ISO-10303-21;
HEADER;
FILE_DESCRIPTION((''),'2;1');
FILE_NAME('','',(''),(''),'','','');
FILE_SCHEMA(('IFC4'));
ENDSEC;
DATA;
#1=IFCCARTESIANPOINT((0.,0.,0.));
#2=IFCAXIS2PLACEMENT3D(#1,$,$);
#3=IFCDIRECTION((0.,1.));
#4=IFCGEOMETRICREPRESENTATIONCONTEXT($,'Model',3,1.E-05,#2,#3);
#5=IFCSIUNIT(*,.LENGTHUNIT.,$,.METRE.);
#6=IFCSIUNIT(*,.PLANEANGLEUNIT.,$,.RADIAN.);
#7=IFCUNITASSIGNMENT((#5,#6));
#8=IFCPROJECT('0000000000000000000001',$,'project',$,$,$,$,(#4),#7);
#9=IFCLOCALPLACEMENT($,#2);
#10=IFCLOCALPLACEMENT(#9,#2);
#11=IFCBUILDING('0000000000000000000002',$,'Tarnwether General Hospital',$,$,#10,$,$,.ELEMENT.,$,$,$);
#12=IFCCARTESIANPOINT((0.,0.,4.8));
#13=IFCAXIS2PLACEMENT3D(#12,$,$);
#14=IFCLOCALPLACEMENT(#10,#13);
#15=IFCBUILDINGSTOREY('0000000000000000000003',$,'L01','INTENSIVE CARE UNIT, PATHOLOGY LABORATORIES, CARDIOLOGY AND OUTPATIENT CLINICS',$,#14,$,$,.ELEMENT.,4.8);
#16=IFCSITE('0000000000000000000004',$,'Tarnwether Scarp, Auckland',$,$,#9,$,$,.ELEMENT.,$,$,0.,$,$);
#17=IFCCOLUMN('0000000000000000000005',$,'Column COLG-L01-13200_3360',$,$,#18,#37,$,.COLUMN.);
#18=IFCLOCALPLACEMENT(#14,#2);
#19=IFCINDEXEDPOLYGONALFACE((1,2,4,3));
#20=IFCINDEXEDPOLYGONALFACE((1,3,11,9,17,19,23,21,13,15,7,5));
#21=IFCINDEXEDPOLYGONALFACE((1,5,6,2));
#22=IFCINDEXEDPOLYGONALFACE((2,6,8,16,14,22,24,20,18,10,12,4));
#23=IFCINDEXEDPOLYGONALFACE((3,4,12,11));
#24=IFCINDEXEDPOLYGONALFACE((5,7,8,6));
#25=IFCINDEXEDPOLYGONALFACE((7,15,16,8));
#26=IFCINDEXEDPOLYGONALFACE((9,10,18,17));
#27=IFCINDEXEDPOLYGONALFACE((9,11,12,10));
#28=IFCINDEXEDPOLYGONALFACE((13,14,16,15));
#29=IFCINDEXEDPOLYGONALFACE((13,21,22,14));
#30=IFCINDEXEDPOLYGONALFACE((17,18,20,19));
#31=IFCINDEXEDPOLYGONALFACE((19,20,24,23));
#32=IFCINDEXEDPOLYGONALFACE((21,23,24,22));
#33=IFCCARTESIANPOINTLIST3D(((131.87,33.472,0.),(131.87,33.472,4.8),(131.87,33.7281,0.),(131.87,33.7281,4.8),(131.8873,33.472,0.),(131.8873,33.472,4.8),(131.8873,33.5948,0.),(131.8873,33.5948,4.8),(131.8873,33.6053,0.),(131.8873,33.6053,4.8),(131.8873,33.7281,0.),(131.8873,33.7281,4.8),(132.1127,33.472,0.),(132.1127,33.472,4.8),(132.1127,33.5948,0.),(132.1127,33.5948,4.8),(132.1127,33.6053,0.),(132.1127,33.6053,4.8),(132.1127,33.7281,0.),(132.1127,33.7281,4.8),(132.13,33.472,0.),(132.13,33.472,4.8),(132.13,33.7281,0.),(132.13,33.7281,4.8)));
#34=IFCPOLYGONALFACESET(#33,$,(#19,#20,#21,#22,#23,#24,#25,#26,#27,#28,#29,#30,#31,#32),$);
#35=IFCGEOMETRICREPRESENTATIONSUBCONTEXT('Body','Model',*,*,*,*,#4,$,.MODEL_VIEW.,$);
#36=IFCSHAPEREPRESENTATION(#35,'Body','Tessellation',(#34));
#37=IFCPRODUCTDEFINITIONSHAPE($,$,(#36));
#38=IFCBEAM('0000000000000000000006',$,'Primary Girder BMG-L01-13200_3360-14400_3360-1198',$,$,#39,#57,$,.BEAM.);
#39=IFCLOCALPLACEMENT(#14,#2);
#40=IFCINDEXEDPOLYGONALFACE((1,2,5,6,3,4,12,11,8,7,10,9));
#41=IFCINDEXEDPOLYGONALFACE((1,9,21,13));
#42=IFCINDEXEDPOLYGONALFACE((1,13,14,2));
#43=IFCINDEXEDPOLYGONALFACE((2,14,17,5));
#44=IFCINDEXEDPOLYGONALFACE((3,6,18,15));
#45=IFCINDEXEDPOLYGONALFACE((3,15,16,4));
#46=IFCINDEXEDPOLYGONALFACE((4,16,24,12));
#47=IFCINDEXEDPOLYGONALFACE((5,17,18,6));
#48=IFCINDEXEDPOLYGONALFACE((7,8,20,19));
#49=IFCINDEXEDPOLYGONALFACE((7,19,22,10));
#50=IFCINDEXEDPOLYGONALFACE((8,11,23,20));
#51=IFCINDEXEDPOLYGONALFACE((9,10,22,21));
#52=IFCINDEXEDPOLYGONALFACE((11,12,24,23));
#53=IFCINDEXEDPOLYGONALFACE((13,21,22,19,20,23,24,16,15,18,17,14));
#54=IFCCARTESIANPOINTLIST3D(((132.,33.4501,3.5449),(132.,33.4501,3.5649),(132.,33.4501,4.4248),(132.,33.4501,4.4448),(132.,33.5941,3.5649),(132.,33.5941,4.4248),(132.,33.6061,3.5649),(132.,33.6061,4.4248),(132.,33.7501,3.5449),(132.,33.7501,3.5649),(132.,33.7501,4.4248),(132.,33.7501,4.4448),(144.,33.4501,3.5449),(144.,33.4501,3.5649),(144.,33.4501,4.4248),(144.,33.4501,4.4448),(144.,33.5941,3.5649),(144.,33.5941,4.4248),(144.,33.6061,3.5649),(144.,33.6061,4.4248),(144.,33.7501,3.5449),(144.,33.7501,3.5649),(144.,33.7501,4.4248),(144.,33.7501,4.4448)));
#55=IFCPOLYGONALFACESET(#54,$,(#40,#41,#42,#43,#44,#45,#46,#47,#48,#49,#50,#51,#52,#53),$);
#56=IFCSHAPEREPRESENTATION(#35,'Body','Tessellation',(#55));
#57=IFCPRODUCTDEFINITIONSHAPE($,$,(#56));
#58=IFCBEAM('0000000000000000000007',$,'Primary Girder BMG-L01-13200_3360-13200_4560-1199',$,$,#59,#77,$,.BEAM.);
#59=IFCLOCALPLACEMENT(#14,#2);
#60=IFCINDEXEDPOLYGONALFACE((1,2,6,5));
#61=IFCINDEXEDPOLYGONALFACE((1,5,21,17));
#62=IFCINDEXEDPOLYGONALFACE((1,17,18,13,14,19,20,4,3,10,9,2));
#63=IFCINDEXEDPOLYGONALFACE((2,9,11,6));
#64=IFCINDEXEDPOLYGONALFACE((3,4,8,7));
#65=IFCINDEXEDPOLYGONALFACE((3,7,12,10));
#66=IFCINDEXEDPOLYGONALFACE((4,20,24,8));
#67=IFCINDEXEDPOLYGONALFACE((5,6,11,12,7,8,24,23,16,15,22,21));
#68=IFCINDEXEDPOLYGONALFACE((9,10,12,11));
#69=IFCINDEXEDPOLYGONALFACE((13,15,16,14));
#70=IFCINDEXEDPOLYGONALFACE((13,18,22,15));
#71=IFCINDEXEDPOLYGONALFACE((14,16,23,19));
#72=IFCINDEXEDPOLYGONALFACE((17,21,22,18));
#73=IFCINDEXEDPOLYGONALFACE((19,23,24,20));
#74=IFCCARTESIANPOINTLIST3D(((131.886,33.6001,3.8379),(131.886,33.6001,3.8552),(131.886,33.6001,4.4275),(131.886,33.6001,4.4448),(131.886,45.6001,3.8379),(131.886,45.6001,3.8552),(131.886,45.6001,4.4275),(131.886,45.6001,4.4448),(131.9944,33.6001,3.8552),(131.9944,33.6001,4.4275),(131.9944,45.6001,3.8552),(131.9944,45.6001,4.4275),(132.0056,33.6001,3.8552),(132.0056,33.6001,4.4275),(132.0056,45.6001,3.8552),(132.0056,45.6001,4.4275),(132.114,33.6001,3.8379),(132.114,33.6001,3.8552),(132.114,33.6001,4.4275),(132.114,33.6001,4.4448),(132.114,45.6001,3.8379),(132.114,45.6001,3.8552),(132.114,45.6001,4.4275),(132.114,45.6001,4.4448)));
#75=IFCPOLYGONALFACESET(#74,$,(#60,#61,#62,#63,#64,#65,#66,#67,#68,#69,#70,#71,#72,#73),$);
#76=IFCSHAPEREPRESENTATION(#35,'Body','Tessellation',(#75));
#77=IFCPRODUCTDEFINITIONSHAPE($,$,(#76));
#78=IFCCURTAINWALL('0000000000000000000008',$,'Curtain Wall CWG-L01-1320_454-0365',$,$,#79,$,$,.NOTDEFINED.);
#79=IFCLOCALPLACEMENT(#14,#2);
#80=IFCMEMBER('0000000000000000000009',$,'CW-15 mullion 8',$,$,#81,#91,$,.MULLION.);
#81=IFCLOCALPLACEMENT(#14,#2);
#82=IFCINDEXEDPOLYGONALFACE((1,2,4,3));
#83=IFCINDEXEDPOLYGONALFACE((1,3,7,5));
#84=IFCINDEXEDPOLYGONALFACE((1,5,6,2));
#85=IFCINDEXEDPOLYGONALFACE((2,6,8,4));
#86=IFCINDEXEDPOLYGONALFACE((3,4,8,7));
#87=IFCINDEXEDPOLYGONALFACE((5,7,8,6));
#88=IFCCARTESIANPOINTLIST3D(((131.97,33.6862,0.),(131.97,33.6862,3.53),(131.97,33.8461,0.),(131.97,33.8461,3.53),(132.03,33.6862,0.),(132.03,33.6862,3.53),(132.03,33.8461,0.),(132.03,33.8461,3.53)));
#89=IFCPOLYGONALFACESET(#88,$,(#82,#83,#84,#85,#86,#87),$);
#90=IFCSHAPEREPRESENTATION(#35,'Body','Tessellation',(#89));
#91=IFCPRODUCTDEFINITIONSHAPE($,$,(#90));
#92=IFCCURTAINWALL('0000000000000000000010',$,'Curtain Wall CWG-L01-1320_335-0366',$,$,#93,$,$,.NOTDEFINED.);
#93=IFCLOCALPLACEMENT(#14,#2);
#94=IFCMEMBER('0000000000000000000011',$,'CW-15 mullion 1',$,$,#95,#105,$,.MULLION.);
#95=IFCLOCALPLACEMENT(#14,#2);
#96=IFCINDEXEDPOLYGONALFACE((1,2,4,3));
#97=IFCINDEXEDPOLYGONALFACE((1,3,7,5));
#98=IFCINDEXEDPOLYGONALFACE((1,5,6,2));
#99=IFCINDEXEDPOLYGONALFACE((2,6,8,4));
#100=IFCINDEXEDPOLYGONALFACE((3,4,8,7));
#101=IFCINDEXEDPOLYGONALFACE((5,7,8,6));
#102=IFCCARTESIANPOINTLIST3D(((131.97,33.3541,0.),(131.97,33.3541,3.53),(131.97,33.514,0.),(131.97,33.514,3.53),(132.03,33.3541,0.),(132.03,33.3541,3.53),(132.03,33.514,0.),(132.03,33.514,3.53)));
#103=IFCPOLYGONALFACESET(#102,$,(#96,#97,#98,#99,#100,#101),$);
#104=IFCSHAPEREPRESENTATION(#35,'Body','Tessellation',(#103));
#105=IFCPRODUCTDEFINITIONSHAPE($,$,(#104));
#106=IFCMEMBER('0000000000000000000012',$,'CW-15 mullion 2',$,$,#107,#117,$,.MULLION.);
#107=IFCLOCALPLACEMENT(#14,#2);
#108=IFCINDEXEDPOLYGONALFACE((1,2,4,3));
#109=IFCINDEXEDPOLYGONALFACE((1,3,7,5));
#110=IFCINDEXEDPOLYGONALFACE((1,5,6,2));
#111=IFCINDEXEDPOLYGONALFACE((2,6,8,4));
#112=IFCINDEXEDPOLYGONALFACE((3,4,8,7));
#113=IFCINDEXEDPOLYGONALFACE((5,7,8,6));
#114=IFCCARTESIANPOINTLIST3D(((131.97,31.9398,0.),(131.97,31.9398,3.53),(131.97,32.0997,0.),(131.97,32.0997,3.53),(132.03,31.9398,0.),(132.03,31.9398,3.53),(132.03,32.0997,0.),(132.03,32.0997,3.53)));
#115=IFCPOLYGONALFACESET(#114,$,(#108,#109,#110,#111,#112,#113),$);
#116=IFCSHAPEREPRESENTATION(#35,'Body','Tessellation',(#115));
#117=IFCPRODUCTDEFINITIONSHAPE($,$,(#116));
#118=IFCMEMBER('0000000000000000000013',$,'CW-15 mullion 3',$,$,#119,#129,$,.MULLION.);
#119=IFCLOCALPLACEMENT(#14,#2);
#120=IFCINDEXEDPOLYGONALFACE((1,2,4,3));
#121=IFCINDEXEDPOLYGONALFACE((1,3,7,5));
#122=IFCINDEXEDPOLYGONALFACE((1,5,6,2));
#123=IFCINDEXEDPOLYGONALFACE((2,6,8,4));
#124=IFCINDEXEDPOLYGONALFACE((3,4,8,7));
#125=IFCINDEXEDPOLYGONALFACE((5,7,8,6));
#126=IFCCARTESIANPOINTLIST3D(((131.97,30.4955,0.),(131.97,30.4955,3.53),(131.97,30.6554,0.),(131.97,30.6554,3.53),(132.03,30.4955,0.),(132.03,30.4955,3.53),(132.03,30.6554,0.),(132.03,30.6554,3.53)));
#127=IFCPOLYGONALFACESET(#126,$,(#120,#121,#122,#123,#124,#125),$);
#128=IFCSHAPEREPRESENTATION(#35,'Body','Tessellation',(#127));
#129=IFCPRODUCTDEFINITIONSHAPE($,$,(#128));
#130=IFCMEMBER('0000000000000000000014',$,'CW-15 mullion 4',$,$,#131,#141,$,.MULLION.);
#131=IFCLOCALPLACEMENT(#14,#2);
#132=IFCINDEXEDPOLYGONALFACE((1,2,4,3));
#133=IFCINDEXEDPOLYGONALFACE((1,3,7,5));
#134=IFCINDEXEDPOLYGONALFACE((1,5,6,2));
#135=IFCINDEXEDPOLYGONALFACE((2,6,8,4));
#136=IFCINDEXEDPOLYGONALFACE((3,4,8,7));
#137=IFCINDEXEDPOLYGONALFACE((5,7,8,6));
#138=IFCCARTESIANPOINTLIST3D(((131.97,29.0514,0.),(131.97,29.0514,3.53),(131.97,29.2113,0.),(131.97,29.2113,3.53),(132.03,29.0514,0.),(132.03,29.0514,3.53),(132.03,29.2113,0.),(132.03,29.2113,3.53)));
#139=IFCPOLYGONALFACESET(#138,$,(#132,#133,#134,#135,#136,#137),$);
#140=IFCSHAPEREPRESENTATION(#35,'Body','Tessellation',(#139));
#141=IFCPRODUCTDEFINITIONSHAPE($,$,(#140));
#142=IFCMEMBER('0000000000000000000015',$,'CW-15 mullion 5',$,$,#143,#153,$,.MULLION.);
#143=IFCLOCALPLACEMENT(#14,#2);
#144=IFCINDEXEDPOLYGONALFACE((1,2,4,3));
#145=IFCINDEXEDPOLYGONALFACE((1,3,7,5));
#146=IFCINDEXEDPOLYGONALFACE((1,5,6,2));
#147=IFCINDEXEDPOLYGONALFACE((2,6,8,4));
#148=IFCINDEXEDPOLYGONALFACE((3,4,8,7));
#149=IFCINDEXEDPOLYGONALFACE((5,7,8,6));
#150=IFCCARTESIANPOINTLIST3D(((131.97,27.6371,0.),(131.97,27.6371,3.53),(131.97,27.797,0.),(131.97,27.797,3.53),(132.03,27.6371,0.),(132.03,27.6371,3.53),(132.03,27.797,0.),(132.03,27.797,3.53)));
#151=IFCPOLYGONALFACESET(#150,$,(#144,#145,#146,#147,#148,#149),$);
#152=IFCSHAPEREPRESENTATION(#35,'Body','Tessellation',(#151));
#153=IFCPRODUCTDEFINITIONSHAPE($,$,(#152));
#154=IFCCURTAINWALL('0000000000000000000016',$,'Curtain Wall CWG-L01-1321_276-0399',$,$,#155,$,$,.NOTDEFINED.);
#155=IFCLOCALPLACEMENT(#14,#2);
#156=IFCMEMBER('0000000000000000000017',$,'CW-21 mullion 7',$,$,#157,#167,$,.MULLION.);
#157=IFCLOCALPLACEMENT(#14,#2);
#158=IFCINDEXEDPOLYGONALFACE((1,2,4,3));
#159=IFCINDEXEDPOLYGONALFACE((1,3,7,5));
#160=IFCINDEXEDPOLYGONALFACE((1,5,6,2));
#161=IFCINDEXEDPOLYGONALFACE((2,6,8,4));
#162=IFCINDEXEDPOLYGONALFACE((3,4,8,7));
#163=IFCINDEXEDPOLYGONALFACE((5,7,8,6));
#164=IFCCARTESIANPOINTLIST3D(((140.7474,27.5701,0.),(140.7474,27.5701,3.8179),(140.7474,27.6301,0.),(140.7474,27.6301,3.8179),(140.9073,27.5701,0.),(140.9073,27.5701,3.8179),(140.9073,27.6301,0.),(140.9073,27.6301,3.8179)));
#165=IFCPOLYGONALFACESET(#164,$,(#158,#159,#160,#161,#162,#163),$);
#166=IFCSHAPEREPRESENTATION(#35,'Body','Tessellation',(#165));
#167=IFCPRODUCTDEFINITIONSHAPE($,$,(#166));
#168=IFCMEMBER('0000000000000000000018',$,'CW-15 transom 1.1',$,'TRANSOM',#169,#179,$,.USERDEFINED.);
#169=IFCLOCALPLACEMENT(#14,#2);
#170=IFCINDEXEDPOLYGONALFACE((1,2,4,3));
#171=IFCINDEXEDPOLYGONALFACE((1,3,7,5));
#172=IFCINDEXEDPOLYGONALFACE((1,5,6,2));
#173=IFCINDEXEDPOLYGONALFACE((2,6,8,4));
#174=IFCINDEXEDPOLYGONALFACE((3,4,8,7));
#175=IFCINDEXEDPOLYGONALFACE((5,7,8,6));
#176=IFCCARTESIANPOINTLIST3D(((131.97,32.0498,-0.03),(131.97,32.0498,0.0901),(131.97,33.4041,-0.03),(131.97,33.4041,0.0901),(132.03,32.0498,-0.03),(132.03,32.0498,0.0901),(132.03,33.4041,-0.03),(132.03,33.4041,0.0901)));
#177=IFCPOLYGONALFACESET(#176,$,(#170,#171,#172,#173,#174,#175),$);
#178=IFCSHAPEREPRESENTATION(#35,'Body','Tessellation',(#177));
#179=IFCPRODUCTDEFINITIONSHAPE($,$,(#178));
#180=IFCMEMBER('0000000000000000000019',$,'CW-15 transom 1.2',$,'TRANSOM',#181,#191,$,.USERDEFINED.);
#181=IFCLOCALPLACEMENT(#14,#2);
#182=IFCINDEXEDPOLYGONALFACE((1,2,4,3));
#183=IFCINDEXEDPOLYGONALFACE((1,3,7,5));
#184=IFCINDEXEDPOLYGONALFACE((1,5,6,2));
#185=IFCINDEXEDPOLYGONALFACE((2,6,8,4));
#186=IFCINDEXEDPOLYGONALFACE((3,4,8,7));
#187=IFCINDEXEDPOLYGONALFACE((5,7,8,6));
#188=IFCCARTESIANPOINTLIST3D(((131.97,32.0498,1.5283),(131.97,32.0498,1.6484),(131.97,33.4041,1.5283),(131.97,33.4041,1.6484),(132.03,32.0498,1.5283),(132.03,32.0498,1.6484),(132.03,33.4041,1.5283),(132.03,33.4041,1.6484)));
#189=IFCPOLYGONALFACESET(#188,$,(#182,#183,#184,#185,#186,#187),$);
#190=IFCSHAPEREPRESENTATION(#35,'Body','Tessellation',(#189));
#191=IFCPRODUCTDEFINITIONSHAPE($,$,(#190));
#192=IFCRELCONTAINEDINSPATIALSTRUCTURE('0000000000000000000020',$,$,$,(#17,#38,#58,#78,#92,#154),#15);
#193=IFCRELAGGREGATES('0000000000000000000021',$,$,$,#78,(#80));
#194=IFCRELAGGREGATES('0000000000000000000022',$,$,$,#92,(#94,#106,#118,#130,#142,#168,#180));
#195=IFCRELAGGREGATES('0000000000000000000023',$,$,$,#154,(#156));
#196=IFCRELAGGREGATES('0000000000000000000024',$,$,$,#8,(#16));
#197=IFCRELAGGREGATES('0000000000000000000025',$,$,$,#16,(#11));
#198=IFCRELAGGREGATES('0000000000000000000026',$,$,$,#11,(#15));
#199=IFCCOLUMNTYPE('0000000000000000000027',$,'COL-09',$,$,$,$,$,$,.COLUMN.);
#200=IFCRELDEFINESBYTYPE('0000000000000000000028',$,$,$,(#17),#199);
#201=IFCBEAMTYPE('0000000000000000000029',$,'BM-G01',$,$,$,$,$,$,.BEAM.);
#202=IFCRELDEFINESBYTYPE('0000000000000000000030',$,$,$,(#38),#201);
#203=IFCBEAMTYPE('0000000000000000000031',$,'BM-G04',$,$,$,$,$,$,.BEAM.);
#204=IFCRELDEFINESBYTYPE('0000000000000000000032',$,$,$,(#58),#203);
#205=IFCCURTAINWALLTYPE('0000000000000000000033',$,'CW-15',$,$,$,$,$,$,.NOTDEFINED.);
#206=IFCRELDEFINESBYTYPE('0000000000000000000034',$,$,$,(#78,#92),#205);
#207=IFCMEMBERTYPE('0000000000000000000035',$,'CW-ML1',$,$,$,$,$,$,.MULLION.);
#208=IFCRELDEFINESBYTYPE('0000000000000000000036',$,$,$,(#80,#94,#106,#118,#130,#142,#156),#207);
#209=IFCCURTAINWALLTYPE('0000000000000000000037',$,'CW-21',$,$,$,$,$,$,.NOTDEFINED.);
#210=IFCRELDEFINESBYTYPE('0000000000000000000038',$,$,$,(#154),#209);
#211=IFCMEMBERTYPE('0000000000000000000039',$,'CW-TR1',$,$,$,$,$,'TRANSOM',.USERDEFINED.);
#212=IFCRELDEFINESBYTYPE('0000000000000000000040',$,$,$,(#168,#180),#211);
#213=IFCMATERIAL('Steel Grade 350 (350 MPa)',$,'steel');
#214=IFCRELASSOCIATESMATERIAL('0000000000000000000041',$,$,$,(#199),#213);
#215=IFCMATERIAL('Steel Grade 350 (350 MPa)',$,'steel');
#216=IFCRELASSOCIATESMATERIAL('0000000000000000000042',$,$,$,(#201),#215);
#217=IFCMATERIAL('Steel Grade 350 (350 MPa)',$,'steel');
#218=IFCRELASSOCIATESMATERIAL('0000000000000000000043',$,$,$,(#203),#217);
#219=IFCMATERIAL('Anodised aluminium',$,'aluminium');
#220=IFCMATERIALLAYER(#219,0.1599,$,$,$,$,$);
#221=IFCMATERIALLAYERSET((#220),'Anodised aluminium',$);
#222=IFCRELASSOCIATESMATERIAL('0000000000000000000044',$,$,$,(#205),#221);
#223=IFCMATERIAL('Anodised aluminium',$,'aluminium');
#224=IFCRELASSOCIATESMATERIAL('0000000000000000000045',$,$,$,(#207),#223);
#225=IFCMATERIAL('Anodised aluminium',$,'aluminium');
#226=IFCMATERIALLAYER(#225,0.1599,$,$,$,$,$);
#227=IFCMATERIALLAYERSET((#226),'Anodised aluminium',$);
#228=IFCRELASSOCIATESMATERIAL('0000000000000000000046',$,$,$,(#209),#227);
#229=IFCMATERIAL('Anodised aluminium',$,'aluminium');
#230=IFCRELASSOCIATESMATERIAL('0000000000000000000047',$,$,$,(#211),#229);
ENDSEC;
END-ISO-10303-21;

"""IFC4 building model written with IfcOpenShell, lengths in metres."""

from ifc_helpers import new_model, si_unit, direction, frame, origin, origin_2d, place, context, subcontext, project, spatial, rectangle, i_section, extrude, material, layer, layer_set, material_profile, profile_set, type_object, element, aggregate, save


model = new_model("IFC4")

# Units and contexts
model_context = context("Model", 3, precision=1e-05, world=origin(), true_north=direction((0.0, 1.0)))
body_context = subcontext(model_context, "Body", "Model", "MODEL_VIEW")
ifc_project = project(units=[si_unit("LENGTHUNIT", "METRE"), si_unit("PLANEANGLEUNIT", "RADIAN")], contexts=[model_context])

# Site, building, storey
site_placement = place(None, origin())
site = spatial("IfcSite", under=ifc_project, at=site_placement, Name="Tarnwether Scarp, Auckland", CompositionType="ELEMENT", RefElevation=0.0)
building_placement = place(site_placement, origin())
building = spatial("IfcBuilding", under=site, at=building_placement, Name="Tarnwether General Hospital", CompositionType="ELEMENT")
storey_placement = place(building_placement, frame((0.0, 0.0, 4.8)))
storey = spatial("IfcBuildingStorey", under=building, at=storey_placement, Name="L01", Description="INTENSIVE CARE UNIT, PATHOLOGY LABORATORIES, CARDIOLOGY AND OUTPATIENT CLINICS", CompositionType="ELEMENT", Elevation=4.8)

# Column
ifc_material_1 = material(Name="Steel Grade 350 (350 MPa)", Category="steel")
ifc_material_profile_1 = material_profile(ifc_material_1, i_section(OverallWidth=0.2561, OverallDepth=0.26, WebThickness=0.0105, FlangeThickness=0.0173, at=origin_2d()), Name="250UC89.5")
ifc_profile_set_1 = profile_set([ifc_material_profile_1], Name="Steel Grade 350 (350 MPa)")
column_type = type_object("IfcColumnType", Name="COL-09", PredefinedType="COLUMN", material=ifc_profile_set_1)
column_placement = place(storey_placement, frame((132.0, 33.6001, 0.0), z_axis=(0.0, 0.0, 1.0), x_axis=(0.0, 1.0, 0.0)))
element("IfcColumn", 1, at=column_placement, inside=storey, type_object=column_type, Name="Column COLG-L01-13200_3360", PredefinedType="COLUMN", context=body_context, shape_type="SweptSolid", body=[
    extrude(i_section(OverallWidth=0.2561, OverallDepth=0.26, WebThickness=0.0105, FlangeThickness=0.0173, at=origin_2d()), origin(), (0.0, 0.0, 1.0), 4.8),
])

# Beams
ifc_material_2 = material(Name="Steel Grade 350 (350 MPa)", Category="steel")
ifc_material_profile_2 = material_profile(ifc_material_2, i_section(OverallWidth=0.3, OverallDepth=0.8999, WebThickness=0.012, FlangeThickness=0.02, at=origin_2d()), Name="900WB175")
ifc_profile_set_2 = profile_set([ifc_material_profile_2], Name="Steel Grade 350 (350 MPa)")
beam_type_1 = type_object("IfcBeamType", Name="BM-G01", PredefinedType="BEAM", material=ifc_profile_set_2)
beam_1_placement = place(storey_placement, frame((132.0, 33.6001, 3.9949), z_axis=(1.0, 0.0, 0.0), x_axis=(0.0, 1.0, 0.0)))
element("IfcBeam", 2, at=beam_1_placement, inside=storey, type_object=beam_type_1, Name="Primary Girder BMG-L01-13200_3360-14400_3360-1198", PredefinedType="BEAM", context=body_context, shape_type="SweptSolid", body=[
    extrude(i_section(OverallWidth=0.3, OverallDepth=0.8999, WebThickness=0.012, FlangeThickness=0.02, at=origin_2d()), origin(), (0.0, 0.0, 1.0), 12.0),
])
ifc_material_3 = material(Name="Steel Grade 350 (350 MPa)", Category="steel")
ifc_material_profile_3 = material_profile(ifc_material_3, i_section(OverallWidth=0.228, OverallDepth=0.6069, WebThickness=0.0112, FlangeThickness=0.0173, at=origin_2d()), Name="610UB113")
ifc_profile_set_3 = profile_set([ifc_material_profile_3], Name="Steel Grade 350 (350 MPa)")
beam_type_2 = type_object("IfcBeamType", Name="BM-G04", PredefinedType="BEAM", material=ifc_profile_set_3)
beam_2_placement = place(storey_placement, frame((132.0, 33.6001, 4.1414), z_axis=(0.0, 1.0, 0.0), x_axis=(-1.0, 0.0, 0.0)))
element("IfcBeam", 3, at=beam_2_placement, inside=storey, type_object=beam_type_2, Name="Primary Girder BMG-L01-13200_3360-13200_4560-1199", PredefinedType="BEAM", context=body_context, shape_type="SweptSolid", body=[
    extrude(i_section(OverallWidth=0.228, OverallDepth=0.6069, WebThickness=0.0112, FlangeThickness=0.0173, at=origin_2d()), origin(), (0.0, 0.0, 1.0), 12.0),
])

# Curtain wall, member
ifc_material_4 = material(Name="Anodised aluminium", Category="aluminium")
ifc_layer_1 = layer(ifc_material_4, 0.1599)
ifc_layer_set_1 = layer_set([ifc_layer_1], Name="Anodised aluminium")
curtain_wall_type_1 = type_object("IfcCurtainWallType", Name="CW-15", PredefinedType="NOTDEFINED", material=ifc_layer_set_1)
curtain_wall_1_placement = place(storey_placement, origin())
curtain_wall_1 = element("IfcCurtainWall", 4, at=curtain_wall_1_placement, inside=storey, type_object=curtain_wall_type_1, Name="Curtain Wall CWG-L01-1320_454-0365", PredefinedType="NOTDEFINED")
ifc_material_5 = material(Name="Anodised aluminium", Category="aluminium")
ifc_material_profile_4 = material_profile(ifc_material_5, rectangle(XDim=0.0601, YDim=0.1599, at=origin_2d()), Name="ALU-MUL-60x160")
ifc_profile_set_4 = profile_set([ifc_material_profile_4], Name="Anodised aluminium")
member_type_1 = type_object("IfcMemberType", Name="CW-ML1", PredefinedType="MULLION", material=ifc_profile_set_4)
member_1_placement = place(storey_placement, frame((132.0, 33.7661, 0.0), z_axis=(0.0, 0.0, 1.0), x_axis=(1.0, 0.0, 0.0)))
member_1 = element("IfcMember", 5, at=member_1_placement, type_object=member_type_1, Name="CW-15 mullion 8", PredefinedType="MULLION", context=body_context, shape_type="SweptSolid", body=[
    extrude(rectangle(XDim=0.0601, YDim=0.1599, at=origin_2d()), origin(), (0.0, 0.0, 1.0), 3.53),
])
aggregate(curtain_wall_1, [member_1])

# Curtain wall, members
curtain_wall_2_placement = place(storey_placement, origin())
curtain_wall_2 = element("IfcCurtainWall", 6, at=curtain_wall_2_placement, inside=storey, type_object=curtain_wall_type_1, Name="Curtain Wall CWG-L01-1320_335-0366", PredefinedType="NOTDEFINED")
member_2_placement = place(storey_placement, frame((132.0, 33.4341, 0.0), z_axis=(0.0, 0.0, 1.0), x_axis=(1.0, 0.0, 0.0)))
member_2 = element("IfcMember", 7, at=member_2_placement, type_object=member_type_1, Name="CW-15 mullion 1", PredefinedType="MULLION", context=body_context, shape_type="SweptSolid", body=[
    extrude(rectangle(XDim=0.0601, YDim=0.1599, at=origin_2d()), origin(), (0.0, 0.0, 1.0), 3.53),
])
member_3_placement = place(storey_placement, frame((132.0, 32.0198, 0.0), z_axis=(0.0, 0.0, 1.0), x_axis=(1.0, 0.0, 0.0)))
member_3 = element("IfcMember", 8, at=member_3_placement, type_object=member_type_1, Name="CW-15 mullion 2", PredefinedType="MULLION", context=body_context, shape_type="SweptSolid", body=[
    extrude(rectangle(XDim=0.0601, YDim=0.1599, at=origin_2d()), origin(), (0.0, 0.0, 1.0), 3.53),
])
member_4_placement = place(storey_placement, frame((132.0, 30.5754, 0.0), z_axis=(0.0, 0.0, 1.0), x_axis=(1.0, 0.0, 0.0)))
member_4 = element("IfcMember", 9, at=member_4_placement, type_object=member_type_1, Name="CW-15 mullion 3", PredefinedType="MULLION", context=body_context, shape_type="SweptSolid", body=[
    extrude(rectangle(XDim=0.0601, YDim=0.1599, at=origin_2d()), origin(), (0.0, 0.0, 1.0), 3.53),
])
member_5_placement = place(storey_placement, frame((132.0, 29.1313, 0.0), z_axis=(0.0, 0.0, 1.0), x_axis=(1.0, 0.0, 0.0)))
member_5 = element("IfcMember", 10, at=member_5_placement, type_object=member_type_1, Name="CW-15 mullion 4", PredefinedType="MULLION", context=body_context, shape_type="SweptSolid", body=[
    extrude(rectangle(XDim=0.0601, YDim=0.1599, at=origin_2d()), origin(), (0.0, 0.0, 1.0), 3.53),
])
member_6_placement = place(storey_placement, frame((132.0, 27.717, 0.0), z_axis=(0.0, 0.0, 1.0), x_axis=(1.0, 0.0, 0.0)))
member_6 = element("IfcMember", 11, at=member_6_placement, type_object=member_type_1, Name="CW-15 mullion 5", PredefinedType="MULLION", context=body_context, shape_type="SweptSolid", body=[
    extrude(rectangle(XDim=0.0601, YDim=0.1599, at=origin_2d()), origin(), (0.0, 0.0, 1.0), 3.53),
])

# Curtain wall, member
ifc_material_6 = material(Name="Anodised aluminium", Category="aluminium")
ifc_layer_2 = layer(ifc_material_6, 0.1599)
ifc_layer_set_2 = layer_set([ifc_layer_2], Name="Anodised aluminium")
curtain_wall_type_2 = type_object("IfcCurtainWallType", Name="CW-21", PredefinedType="NOTDEFINED", material=ifc_layer_set_2)
curtain_wall_3_placement = place(storey_placement, origin())
curtain_wall_3 = element("IfcCurtainWall", 12, at=curtain_wall_3_placement, inside=storey, type_object=curtain_wall_type_2, Name="Curtain Wall CWG-L01-1321_276-0399", PredefinedType="NOTDEFINED")
member_7_placement = place(storey_placement, frame((140.8274, 27.6001, 0.0), z_axis=(0.0, 0.0, 1.0), x_axis=(0.0, 1.0, 0.0)))
member_7 = element("IfcMember", 13, at=member_7_placement, type_object=member_type_1, Name="CW-21 mullion 7", PredefinedType="MULLION", context=body_context, shape_type="SweptSolid", body=[
    extrude(rectangle(XDim=0.0601, YDim=0.1599, at=origin_2d()), origin(), (0.0, 0.0, 1.0), 3.8179),
])

# Members
ifc_material_7 = material(Name="Anodised aluminium", Category="aluminium")
ifc_material_profile_5 = material_profile(ifc_material_7, rectangle(XDim=0.0601, YDim=0.1201, at=origin_2d()), Name="ALU-TRN-60x120")
ifc_profile_set_5 = profile_set([ifc_material_profile_5], Name="Anodised aluminium")
member_type_2 = type_object("IfcMemberType", Name="CW-TR1", ElementType="TRANSOM", PredefinedType="USERDEFINED", material=ifc_profile_set_5)
member_8_placement = place(storey_placement, frame((132.0, 33.4041, 0.03), z_axis=(0.0, -1.0, 0.0), x_axis=(1.0, 0.0, 0.0)))
member_8 = element("IfcMember", 14, at=member_8_placement, type_object=member_type_2, Name="CW-15 transom 1.1", ObjectType="TRANSOM", PredefinedType="USERDEFINED", context=body_context, shape_type="SweptSolid", body=[
    extrude(rectangle(XDim=0.0601, YDim=0.1201, at=origin_2d()), origin(), (0.0, 0.0, 1.0), 1.3542),
])
member_9_placement = place(storey_placement, frame((132.0, 33.4041, 1.5884), z_axis=(0.0, -1.0, 0.0), x_axis=(1.0, 0.0, 0.0)))
member_9 = element("IfcMember", 15, at=member_9_placement, type_object=member_type_2, Name="CW-15 transom 1.2", ObjectType="TRANSOM", PredefinedType="USERDEFINED", context=body_context, shape_type="SweptSolid", body=[
    extrude(rectangle(XDim=0.0601, YDim=0.1201, at=origin_2d()), origin(), (0.0, 0.0, 1.0), 1.3542),
])

aggregate(curtain_wall_2, [member_2, member_3, member_4, member_5, member_6, member_8, member_9])
aggregate(curtain_wall_3, [member_7])

save(model, "model.ifc")
